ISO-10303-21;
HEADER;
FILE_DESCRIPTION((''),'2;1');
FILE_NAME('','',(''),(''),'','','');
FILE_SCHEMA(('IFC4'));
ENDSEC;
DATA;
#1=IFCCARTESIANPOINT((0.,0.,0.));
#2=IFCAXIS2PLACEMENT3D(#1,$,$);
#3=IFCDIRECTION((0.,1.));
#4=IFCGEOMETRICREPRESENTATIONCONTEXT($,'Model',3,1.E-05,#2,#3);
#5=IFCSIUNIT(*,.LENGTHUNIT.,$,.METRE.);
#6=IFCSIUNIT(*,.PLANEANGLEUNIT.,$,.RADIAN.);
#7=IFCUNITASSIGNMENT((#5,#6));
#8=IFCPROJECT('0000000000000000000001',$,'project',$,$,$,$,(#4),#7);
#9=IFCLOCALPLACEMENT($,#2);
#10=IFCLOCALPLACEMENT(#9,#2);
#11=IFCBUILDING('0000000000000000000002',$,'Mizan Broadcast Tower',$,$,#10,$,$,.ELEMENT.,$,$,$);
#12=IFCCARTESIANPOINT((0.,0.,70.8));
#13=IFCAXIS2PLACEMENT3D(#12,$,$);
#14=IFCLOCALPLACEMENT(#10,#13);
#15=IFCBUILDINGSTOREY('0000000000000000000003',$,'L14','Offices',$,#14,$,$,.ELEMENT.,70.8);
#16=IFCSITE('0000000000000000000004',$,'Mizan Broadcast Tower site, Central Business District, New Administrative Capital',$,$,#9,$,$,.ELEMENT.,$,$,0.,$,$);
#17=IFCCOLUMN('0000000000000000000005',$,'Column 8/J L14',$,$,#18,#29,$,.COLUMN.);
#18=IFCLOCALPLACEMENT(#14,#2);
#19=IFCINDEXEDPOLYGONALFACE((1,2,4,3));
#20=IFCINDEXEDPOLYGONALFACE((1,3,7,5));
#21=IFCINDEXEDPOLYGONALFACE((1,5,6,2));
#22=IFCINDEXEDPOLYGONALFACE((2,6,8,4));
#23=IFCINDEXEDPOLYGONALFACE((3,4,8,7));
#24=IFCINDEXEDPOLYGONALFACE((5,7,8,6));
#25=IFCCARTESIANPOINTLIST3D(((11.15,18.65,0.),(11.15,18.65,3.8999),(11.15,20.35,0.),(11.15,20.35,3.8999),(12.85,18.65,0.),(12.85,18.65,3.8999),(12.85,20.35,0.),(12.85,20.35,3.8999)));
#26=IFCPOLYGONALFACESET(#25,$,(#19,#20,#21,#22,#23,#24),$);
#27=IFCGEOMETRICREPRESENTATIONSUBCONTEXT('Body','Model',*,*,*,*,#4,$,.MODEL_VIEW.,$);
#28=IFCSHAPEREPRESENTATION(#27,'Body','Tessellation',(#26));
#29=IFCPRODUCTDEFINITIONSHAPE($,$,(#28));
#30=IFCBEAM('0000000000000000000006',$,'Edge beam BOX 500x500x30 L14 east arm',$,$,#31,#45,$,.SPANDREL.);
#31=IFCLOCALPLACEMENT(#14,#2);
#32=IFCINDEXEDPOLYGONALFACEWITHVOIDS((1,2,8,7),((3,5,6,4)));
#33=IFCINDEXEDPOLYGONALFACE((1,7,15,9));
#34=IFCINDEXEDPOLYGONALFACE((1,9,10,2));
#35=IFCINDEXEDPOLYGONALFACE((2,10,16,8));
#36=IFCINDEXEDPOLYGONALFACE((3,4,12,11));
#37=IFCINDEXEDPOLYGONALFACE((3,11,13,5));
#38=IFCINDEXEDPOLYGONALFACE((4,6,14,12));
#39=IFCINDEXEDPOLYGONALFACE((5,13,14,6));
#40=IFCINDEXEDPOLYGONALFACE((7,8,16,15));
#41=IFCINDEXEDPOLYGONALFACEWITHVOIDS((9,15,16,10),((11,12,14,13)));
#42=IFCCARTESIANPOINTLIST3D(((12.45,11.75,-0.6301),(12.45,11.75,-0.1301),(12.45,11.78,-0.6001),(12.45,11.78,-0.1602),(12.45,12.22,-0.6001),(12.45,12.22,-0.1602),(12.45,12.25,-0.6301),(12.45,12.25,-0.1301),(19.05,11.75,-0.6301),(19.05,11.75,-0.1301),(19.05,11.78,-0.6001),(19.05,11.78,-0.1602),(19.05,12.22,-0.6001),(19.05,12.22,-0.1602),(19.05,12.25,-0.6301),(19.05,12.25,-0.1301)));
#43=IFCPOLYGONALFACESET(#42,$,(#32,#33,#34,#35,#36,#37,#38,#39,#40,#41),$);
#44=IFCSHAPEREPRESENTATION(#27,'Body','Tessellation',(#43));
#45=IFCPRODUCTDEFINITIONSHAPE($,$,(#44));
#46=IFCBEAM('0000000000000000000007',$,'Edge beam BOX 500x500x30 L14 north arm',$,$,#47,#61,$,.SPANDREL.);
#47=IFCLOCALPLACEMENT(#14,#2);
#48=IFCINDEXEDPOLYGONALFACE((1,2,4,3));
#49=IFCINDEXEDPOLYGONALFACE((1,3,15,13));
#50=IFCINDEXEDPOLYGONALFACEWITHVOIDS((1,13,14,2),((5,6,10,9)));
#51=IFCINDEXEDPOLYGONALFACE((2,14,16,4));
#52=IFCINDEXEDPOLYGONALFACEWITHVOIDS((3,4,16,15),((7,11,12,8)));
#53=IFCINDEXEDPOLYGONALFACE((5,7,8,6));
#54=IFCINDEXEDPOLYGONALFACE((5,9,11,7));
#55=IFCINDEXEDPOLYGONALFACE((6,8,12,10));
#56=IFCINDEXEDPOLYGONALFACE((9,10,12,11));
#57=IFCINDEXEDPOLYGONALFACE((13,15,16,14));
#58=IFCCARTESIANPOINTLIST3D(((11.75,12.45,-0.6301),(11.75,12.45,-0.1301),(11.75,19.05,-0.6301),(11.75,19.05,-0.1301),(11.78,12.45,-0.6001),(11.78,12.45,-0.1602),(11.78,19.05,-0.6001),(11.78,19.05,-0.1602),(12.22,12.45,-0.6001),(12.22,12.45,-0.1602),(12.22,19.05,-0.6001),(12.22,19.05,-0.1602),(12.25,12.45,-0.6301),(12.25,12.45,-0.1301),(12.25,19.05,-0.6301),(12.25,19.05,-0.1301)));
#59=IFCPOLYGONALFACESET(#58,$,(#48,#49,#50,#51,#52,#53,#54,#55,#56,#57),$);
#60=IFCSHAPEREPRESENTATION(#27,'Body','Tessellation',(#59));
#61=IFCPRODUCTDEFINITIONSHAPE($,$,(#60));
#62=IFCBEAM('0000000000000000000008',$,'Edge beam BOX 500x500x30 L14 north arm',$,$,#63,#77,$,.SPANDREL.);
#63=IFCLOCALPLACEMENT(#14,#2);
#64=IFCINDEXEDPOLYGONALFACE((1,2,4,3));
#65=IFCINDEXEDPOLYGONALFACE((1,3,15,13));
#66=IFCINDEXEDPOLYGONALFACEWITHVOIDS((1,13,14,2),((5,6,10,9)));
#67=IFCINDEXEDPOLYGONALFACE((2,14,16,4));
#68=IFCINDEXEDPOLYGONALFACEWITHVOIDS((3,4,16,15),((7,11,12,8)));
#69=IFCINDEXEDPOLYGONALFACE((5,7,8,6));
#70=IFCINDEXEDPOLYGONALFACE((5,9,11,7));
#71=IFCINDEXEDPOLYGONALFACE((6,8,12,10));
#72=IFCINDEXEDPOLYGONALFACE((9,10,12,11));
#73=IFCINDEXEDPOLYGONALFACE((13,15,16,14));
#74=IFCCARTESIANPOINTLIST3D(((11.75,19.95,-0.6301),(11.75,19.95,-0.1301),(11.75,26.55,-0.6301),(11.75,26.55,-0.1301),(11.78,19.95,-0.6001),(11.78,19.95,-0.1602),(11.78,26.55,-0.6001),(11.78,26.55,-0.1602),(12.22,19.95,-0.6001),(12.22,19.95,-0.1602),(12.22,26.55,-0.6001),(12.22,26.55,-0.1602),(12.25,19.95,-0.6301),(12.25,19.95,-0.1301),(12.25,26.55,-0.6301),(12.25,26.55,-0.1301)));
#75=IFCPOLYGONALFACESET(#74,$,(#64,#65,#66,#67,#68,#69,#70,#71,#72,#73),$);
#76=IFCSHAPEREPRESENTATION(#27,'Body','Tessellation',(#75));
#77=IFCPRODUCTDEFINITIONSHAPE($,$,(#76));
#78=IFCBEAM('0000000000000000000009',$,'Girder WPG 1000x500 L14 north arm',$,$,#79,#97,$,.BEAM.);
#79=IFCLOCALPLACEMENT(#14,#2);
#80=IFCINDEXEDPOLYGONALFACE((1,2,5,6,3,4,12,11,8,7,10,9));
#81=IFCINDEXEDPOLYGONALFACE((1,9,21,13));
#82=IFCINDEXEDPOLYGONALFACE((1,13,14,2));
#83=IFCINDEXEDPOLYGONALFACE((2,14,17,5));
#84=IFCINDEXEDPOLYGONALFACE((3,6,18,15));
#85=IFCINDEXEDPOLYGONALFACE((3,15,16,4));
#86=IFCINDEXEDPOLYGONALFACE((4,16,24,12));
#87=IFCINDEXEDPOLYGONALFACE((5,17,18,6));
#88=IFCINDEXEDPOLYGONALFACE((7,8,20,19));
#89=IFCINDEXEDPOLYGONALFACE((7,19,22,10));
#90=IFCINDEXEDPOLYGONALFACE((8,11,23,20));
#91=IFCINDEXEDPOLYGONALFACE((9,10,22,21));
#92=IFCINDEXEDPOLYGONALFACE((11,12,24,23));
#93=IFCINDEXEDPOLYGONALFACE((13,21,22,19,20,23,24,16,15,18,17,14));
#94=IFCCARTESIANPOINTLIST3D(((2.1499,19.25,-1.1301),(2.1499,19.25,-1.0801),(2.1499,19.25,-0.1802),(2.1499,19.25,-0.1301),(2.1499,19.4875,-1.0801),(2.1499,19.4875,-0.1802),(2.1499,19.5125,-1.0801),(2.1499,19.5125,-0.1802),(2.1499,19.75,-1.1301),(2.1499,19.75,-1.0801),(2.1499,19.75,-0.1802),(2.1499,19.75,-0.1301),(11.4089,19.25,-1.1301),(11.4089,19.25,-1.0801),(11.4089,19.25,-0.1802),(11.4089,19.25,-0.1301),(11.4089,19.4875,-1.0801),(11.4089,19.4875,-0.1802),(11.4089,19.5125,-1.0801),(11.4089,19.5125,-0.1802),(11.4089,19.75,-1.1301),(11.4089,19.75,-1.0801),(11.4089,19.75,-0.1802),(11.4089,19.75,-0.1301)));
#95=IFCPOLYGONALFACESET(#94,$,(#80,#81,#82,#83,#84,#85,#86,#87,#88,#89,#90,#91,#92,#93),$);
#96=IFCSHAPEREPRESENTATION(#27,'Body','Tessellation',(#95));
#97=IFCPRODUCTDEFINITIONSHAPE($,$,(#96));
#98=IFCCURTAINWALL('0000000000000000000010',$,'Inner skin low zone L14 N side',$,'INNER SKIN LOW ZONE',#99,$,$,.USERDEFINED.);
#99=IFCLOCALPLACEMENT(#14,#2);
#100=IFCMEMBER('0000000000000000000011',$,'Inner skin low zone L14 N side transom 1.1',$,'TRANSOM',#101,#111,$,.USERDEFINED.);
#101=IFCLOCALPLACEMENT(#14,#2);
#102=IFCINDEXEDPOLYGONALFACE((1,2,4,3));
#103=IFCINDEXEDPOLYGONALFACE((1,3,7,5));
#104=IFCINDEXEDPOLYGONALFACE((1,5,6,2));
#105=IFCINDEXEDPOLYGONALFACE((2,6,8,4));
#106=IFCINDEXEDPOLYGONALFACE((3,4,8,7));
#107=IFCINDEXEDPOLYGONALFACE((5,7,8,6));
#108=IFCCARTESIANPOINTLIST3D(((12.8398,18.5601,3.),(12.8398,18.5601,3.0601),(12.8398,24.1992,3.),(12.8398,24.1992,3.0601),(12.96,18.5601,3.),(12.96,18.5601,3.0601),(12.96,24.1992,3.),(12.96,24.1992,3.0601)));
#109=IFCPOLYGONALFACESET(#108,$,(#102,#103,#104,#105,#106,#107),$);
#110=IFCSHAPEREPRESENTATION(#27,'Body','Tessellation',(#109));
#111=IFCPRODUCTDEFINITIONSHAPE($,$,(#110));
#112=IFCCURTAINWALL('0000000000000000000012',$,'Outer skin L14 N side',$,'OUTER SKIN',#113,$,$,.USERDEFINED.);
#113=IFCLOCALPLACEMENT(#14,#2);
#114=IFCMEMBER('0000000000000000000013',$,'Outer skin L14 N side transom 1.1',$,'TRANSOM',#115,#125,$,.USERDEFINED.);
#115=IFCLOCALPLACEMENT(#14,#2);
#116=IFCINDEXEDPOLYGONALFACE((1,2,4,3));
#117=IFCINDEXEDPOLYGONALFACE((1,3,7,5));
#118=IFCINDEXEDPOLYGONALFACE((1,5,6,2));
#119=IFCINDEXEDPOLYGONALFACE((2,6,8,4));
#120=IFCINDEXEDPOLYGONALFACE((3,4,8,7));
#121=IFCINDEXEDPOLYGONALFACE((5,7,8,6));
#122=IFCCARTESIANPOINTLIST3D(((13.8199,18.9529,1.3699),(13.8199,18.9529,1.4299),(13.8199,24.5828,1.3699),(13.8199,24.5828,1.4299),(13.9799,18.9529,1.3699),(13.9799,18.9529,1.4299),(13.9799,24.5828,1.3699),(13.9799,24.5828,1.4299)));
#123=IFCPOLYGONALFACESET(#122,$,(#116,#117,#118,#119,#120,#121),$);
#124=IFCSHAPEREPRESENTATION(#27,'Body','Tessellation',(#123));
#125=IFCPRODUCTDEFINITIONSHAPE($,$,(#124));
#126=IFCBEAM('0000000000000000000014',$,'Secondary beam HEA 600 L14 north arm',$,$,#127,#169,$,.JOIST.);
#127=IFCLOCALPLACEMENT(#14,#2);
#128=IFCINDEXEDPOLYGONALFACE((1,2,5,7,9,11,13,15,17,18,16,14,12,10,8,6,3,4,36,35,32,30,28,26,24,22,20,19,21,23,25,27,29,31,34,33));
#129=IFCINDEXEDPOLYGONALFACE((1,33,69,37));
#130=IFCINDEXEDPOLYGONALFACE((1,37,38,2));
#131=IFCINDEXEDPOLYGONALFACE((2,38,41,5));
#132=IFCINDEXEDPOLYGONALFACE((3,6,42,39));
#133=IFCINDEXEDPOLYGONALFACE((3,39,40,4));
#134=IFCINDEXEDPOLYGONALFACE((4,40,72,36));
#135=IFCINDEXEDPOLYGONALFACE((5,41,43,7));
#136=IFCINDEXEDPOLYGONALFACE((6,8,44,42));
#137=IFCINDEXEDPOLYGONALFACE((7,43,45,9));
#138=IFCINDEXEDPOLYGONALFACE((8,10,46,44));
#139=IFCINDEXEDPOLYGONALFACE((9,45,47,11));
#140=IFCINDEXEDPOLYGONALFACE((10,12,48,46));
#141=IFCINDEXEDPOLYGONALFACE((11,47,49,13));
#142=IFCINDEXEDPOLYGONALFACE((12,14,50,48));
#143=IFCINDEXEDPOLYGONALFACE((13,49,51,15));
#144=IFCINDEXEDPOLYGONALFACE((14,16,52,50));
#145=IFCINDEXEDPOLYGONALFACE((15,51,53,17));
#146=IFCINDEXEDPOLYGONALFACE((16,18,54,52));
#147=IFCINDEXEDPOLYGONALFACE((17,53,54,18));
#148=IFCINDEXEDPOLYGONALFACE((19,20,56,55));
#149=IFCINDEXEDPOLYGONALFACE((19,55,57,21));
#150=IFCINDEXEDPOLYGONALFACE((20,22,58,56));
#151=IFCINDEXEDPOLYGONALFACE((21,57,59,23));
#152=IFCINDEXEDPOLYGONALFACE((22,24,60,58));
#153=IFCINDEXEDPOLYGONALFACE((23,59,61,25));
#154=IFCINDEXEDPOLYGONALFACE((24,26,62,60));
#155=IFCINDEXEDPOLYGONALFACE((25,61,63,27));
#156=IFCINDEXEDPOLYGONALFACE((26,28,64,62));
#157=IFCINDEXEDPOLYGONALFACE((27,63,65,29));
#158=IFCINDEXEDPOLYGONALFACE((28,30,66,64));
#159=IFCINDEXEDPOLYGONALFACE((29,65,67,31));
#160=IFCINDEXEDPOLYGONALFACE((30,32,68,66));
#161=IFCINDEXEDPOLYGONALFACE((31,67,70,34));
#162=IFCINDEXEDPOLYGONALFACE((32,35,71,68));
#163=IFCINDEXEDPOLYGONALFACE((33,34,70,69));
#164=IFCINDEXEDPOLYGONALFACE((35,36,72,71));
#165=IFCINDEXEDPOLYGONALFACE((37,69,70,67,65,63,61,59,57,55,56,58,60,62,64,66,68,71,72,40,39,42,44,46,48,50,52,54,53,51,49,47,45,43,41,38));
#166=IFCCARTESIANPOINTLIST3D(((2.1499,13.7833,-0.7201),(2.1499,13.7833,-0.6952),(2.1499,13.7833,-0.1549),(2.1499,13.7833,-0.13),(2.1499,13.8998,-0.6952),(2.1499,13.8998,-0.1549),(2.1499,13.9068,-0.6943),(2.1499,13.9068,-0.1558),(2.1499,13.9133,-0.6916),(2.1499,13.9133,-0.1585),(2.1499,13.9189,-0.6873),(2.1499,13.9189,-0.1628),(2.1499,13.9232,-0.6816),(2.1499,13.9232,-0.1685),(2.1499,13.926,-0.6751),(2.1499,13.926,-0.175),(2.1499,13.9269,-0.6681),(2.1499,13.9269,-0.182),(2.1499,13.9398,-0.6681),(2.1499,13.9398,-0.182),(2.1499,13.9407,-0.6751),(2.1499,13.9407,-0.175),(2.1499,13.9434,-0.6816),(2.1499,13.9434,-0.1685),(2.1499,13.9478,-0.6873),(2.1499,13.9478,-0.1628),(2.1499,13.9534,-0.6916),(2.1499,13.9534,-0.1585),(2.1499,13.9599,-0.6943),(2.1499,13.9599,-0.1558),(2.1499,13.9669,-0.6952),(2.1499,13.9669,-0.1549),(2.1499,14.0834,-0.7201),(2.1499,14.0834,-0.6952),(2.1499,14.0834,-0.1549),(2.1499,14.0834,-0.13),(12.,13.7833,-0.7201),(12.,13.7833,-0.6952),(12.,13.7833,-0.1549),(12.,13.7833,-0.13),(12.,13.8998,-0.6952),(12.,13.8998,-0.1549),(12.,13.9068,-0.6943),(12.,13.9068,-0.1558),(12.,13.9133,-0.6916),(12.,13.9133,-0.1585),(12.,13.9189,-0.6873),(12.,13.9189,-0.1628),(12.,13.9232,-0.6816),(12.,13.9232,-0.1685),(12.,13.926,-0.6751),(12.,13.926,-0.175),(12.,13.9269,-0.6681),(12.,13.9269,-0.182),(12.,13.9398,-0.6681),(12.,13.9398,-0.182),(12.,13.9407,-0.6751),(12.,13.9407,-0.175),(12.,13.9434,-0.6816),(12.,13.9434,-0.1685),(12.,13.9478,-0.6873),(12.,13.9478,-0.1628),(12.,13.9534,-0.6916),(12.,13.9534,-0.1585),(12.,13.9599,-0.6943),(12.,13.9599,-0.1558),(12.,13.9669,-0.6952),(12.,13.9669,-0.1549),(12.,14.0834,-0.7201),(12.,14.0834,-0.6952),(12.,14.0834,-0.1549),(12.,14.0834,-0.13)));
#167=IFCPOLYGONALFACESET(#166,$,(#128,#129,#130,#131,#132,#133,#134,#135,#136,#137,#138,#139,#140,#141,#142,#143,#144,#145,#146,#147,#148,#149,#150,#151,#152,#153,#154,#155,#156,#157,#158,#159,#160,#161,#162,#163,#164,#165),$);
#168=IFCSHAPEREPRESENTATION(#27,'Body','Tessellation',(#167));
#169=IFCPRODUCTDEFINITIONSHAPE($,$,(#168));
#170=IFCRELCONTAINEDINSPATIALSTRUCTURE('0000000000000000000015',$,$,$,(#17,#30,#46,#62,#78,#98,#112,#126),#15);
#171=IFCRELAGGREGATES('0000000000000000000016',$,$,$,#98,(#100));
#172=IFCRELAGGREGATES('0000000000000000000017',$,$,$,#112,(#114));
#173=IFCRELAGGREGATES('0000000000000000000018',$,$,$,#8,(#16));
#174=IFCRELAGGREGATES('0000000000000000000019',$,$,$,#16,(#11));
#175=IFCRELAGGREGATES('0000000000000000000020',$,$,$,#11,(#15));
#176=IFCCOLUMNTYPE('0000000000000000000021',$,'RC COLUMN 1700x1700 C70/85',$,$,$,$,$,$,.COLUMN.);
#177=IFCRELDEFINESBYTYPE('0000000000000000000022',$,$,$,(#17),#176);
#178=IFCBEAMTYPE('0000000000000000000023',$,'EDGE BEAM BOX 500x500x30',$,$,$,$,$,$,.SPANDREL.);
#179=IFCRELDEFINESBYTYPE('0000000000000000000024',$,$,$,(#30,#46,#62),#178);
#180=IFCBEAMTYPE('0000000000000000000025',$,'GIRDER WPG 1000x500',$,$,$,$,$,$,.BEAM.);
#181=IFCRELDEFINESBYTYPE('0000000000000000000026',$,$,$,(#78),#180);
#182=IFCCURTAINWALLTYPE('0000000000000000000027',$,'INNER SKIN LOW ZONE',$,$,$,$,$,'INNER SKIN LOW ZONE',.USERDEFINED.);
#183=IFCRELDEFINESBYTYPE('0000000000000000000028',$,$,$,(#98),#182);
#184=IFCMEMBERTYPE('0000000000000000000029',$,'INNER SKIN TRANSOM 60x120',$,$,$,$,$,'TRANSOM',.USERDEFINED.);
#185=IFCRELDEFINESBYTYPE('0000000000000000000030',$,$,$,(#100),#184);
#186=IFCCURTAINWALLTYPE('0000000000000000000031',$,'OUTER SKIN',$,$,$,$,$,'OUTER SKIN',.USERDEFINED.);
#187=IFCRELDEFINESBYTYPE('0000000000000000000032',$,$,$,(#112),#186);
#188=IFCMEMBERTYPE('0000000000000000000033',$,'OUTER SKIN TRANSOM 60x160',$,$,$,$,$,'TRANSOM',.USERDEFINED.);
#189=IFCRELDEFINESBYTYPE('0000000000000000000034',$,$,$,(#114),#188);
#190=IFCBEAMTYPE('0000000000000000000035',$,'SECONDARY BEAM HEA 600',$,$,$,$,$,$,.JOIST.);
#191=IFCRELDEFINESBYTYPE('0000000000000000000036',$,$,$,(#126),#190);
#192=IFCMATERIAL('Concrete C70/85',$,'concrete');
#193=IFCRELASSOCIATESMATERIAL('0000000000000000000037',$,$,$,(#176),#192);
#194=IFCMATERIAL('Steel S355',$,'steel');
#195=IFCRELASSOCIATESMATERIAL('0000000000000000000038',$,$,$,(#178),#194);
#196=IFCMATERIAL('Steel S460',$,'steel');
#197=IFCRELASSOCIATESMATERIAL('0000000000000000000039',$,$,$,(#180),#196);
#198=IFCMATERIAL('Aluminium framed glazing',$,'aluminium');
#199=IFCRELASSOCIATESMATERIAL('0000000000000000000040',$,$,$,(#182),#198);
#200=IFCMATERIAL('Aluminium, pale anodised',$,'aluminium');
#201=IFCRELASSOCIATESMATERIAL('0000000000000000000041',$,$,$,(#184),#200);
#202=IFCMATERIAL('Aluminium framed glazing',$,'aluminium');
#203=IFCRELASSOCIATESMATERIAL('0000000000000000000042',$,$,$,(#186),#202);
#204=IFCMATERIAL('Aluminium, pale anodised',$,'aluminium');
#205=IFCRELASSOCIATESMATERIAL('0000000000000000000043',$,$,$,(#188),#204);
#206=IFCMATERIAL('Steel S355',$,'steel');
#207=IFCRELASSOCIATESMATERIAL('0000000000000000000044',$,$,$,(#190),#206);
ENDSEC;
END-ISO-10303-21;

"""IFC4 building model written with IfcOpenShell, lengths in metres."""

from ifc_helpers import new_model, si_unit, direction, frame, origin, origin_2d, place, context, subcontext, project, spatial, rectangle, hollow_rectangle, i_section, extrude, material, material_profile, profile_set, type_object, element, aggregate, save


model = new_model("IFC4")

# Units and contexts
model_context = context("Model", 3, precision=1e-05, world=origin(), true_north=direction((0.0, 1.0)))
body_context = subcontext(model_context, "Body", "Model", "MODEL_VIEW")
ifc_project = project(units=[si_unit("LENGTHUNIT", "METRE"), si_unit("PLANEANGLEUNIT", "RADIAN")], contexts=[model_context])

# Site, building, storey
site_placement = place(None, origin())
site = spatial("IfcSite", under=ifc_project, at=site_placement, Name="Mizan Broadcast Tower site, Central Business District, New Administrative Capital", CompositionType="ELEMENT", RefElevation=0.0)
building_placement = place(site_placement, origin())
building = spatial("IfcBuilding", under=site, at=building_placement, Name="Mizan Broadcast Tower", CompositionType="ELEMENT")
storey_placement = place(building_placement, frame((0.0, 0.0, 70.8)))
storey = spatial("IfcBuildingStorey", under=building, at=storey_placement, Name="L14", Description="Offices", CompositionType="ELEMENT", Elevation=70.8)

# Column
ifc_material_1 = material(Name="Concrete C70/85", Category="concrete")
ifc_material_profile_1 = material_profile(ifc_material_1, rectangle(XDim=1.7, YDim=1.7, at=origin_2d()), Name="RC 1700x1700")
ifc_profile_set_1 = profile_set([ifc_material_profile_1], Name="Concrete C70/85")
column_type = type_object("IfcColumnType", Name="RC COLUMN 1700x1700 C70/85", PredefinedType="COLUMN", material=ifc_profile_set_1)
column_placement = place(storey_placement, frame((12.0, 19.5, 0.0), z_axis=(0.0, 0.0, 1.0), x_axis=(1.0, 0.0, 0.0)))
element("IfcColumn", 1, at=column_placement, inside=storey, type_object=column_type, Name="Column 8/J L14", PredefinedType="COLUMN", context=body_context, shape_type="SweptSolid", body=[
    extrude(rectangle(XDim=1.7, YDim=1.7, at=origin_2d()), origin(), (0.0, 0.0, 1.0), 3.8999),
])

# Beams
ifc_material_2 = material(Name="Steel S355", Category="steel")
ifc_material_profile_2 = material_profile(ifc_material_2, hollow_rectangle(XDim=0.5, YDim=0.5, WallThickness=0.03, at=origin_2d()), Name="BOX 500x500x30")
ifc_profile_set_2 = profile_set([ifc_material_profile_2], Name="Steel S355")
beam_type_1 = type_object("IfcBeamType", Name="EDGE BEAM BOX 500x500x30", PredefinedType="SPANDREL", material=ifc_profile_set_2)
for number, where, z_axis, x_axis, name in (
    (2, (12.45, 12.0, -0.3801), (1.0, 0.0, 0.0), (0.0, 1.0, 0.0), "Edge beam BOX 500x500x30 L14 east arm"),
    (3, (12.0, 12.45, -0.3801), (0.0, 1.0, 0.0), (-1.0, 0.0, 0.0), "Edge beam BOX 500x500x30 L14 north arm"),
    (4, (12.0, 19.95, -0.3801), (0.0, 1.0, 0.0), (-1.0, 0.0, 0.0), "Edge beam BOX 500x500x30 L14 north arm"),
):
    element("IfcBeam", number, at=place(storey_placement, frame(where, z_axis=z_axis, x_axis=x_axis)), inside=storey, type_object=beam_type_1, Name=name, PredefinedType="SPANDREL", context=body_context, shape_type="SweptSolid", body=[
        extrude(hollow_rectangle(XDim=0.5, YDim=0.5, WallThickness=0.03, at=origin_2d()), origin(), (0.0, 0.0, 1.0), 6.6001),
    ])
ifc_material_3 = material(Name="Steel S460", Category="steel")
ifc_material_profile_3 = material_profile(ifc_material_3, i_section(OverallWidth=0.5, OverallDepth=1.0, WebThickness=0.0249, FlangeThickness=0.05, at=origin_2d()), Name="WPG 1000x500")
ifc_profile_set_3 = profile_set([ifc_material_profile_3], Name="Steel S460")
beam_type_2 = type_object("IfcBeamType", Name="GIRDER WPG 1000x500", PredefinedType="BEAM", material=ifc_profile_set_3)
beam_1_placement = place(storey_placement, frame((11.4089, 19.5, -0.6301), z_axis=(-1.0, 0.0, 0.0), x_axis=(0.0, -1.0, 0.0)))
element("IfcBeam", 5, at=beam_1_placement, inside=storey, type_object=beam_type_2, Name="Girder WPG 1000x500 L14 north arm", PredefinedType="BEAM", context=body_context, shape_type="SweptSolid", body=[
    extrude(i_section(OverallWidth=0.5, OverallDepth=1.0, WebThickness=0.0249, FlangeThickness=0.05, at=origin_2d()), origin(), (0.0, 0.0, 1.0), 9.259),
])

# Curtain walls, members
ifc_material_4 = material(Name="Aluminium framed glazing", Category="aluminium")
curtain_wall_type_1 = type_object("IfcCurtainWallType", Name="INNER SKIN LOW ZONE", ElementType="INNER SKIN LOW ZONE", PredefinedType="USERDEFINED", material=ifc_material_4)
curtain_wall_1_placement = place(storey_placement, origin())
curtain_wall_1 = element("IfcCurtainWall", 6, at=curtain_wall_1_placement, inside=storey, type_object=curtain_wall_type_1, Name="Inner skin low zone L14 N side", ObjectType="INNER SKIN LOW ZONE", PredefinedType="USERDEFINED")
ifc_material_5 = material(Name="Aluminium, pale anodised", Category="aluminium")
ifc_material_profile_4 = material_profile(ifc_material_5, rectangle(XDim=0.1201, YDim=0.0601, at=origin_2d()), Name="TRANSOM 120x60")
ifc_profile_set_4 = profile_set([ifc_material_profile_4], Name="Aluminium, pale anodised")
member_type_1 = type_object("IfcMemberType", Name="INNER SKIN TRANSOM 60x120", ElementType="TRANSOM", PredefinedType="USERDEFINED", material=ifc_profile_set_4)
member_1_placement = place(storey_placement, frame((12.8999, 18.5601, 3.03), z_axis=(0.0, 1.0, 0.0), x_axis=(-1.0, 0.0, 0.0)))
member_1 = element("IfcMember", 7, at=member_1_placement, type_object=member_type_1, Name="Inner skin low zone L14 N side transom 1.1", ObjectType="TRANSOM", PredefinedType="USERDEFINED", context=body_context, shape_type="SweptSolid", body=[
    extrude(rectangle(XDim=0.1201, YDim=0.0601, at=origin_2d()), origin(), (0.0, 0.0, 1.0), 5.6392),
])
ifc_material_6 = material(Name="Aluminium framed glazing", Category="aluminium")
curtain_wall_type_2 = type_object("IfcCurtainWallType", Name="OUTER SKIN", ElementType="OUTER SKIN", PredefinedType="USERDEFINED", material=ifc_material_6)
curtain_wall_2_placement = place(storey_placement, origin())
curtain_wall_2 = element("IfcCurtainWall", 8, at=curtain_wall_2_placement, inside=storey, type_object=curtain_wall_type_2, Name="Outer skin L14 N side", ObjectType="OUTER SKIN", PredefinedType="USERDEFINED")
ifc_material_7 = material(Name="Aluminium, pale anodised", Category="aluminium")
ifc_material_profile_5 = material_profile(ifc_material_7, rectangle(XDim=0.1599, YDim=0.0601, at=origin_2d()), Name="TRANSOM 160x60")
ifc_profile_set_5 = profile_set([ifc_material_profile_5], Name="Aluminium, pale anodised")
member_type_2 = type_object("IfcMemberType", Name="OUTER SKIN TRANSOM 60x160", ElementType="TRANSOM", PredefinedType="USERDEFINED", material=ifc_profile_set_5)
member_2_placement = place(storey_placement, frame((13.8999, 18.9529, 1.3999), z_axis=(0.0, 1.0, 0.0), x_axis=(-1.0, 0.0, 0.0)))
member_2 = element("IfcMember", 9, at=member_2_placement, type_object=member_type_2, Name="Outer skin L14 N side transom 1.1", ObjectType="TRANSOM", PredefinedType="USERDEFINED", context=body_context, shape_type="SweptSolid", body=[
    extrude(rectangle(XDim=0.1599, YDim=0.0601, at=origin_2d()), origin(), (0.0, 0.0, 1.0), 5.6299),
])

# Beam
ifc_material_8 = material(Name="Steel S355", Category="steel")
ifc_material_profile_6 = material_profile(ifc_material_8, i_section(OverallWidth=0.3, OverallDepth=0.5901, WebThickness=0.0129, FlangeThickness=0.0249, FilletRadius=0.0271, at=origin_2d()), Name="HEA 600")
ifc_profile_set_6 = profile_set([ifc_material_profile_6], Name="Steel S355")
beam_type_3 = type_object("IfcBeamType", Name="SECONDARY BEAM HEA 600", PredefinedType="JOIST", material=ifc_profile_set_6)
for number, where, z_axis, x_axis, name in (
    (10, (12.0, 13.9333, -0.425), (-1.0, 0.0, 0.0), (0.0, -1.0, 0.0), "Secondary beam HEA 600 L14 north arm"),
):
    element("IfcBeam", number, at=place(storey_placement, frame(where, z_axis=z_axis, x_axis=x_axis)), inside=storey, type_object=beam_type_3, Name=name, PredefinedType="JOIST", context=body_context, shape_type="SweptSolid", body=[
        extrude(i_section(OverallWidth=0.3, OverallDepth=0.5901, WebThickness=0.0129, FlangeThickness=0.0249, FilletRadius=0.0271, at=origin_2d()), origin(), (0.0, 0.0, 1.0), 9.8501),
    ])

aggregate(curtain_wall_1, [member_1])
aggregate(curtain_wall_2, [member_2])

save(model, "model.ifc")
